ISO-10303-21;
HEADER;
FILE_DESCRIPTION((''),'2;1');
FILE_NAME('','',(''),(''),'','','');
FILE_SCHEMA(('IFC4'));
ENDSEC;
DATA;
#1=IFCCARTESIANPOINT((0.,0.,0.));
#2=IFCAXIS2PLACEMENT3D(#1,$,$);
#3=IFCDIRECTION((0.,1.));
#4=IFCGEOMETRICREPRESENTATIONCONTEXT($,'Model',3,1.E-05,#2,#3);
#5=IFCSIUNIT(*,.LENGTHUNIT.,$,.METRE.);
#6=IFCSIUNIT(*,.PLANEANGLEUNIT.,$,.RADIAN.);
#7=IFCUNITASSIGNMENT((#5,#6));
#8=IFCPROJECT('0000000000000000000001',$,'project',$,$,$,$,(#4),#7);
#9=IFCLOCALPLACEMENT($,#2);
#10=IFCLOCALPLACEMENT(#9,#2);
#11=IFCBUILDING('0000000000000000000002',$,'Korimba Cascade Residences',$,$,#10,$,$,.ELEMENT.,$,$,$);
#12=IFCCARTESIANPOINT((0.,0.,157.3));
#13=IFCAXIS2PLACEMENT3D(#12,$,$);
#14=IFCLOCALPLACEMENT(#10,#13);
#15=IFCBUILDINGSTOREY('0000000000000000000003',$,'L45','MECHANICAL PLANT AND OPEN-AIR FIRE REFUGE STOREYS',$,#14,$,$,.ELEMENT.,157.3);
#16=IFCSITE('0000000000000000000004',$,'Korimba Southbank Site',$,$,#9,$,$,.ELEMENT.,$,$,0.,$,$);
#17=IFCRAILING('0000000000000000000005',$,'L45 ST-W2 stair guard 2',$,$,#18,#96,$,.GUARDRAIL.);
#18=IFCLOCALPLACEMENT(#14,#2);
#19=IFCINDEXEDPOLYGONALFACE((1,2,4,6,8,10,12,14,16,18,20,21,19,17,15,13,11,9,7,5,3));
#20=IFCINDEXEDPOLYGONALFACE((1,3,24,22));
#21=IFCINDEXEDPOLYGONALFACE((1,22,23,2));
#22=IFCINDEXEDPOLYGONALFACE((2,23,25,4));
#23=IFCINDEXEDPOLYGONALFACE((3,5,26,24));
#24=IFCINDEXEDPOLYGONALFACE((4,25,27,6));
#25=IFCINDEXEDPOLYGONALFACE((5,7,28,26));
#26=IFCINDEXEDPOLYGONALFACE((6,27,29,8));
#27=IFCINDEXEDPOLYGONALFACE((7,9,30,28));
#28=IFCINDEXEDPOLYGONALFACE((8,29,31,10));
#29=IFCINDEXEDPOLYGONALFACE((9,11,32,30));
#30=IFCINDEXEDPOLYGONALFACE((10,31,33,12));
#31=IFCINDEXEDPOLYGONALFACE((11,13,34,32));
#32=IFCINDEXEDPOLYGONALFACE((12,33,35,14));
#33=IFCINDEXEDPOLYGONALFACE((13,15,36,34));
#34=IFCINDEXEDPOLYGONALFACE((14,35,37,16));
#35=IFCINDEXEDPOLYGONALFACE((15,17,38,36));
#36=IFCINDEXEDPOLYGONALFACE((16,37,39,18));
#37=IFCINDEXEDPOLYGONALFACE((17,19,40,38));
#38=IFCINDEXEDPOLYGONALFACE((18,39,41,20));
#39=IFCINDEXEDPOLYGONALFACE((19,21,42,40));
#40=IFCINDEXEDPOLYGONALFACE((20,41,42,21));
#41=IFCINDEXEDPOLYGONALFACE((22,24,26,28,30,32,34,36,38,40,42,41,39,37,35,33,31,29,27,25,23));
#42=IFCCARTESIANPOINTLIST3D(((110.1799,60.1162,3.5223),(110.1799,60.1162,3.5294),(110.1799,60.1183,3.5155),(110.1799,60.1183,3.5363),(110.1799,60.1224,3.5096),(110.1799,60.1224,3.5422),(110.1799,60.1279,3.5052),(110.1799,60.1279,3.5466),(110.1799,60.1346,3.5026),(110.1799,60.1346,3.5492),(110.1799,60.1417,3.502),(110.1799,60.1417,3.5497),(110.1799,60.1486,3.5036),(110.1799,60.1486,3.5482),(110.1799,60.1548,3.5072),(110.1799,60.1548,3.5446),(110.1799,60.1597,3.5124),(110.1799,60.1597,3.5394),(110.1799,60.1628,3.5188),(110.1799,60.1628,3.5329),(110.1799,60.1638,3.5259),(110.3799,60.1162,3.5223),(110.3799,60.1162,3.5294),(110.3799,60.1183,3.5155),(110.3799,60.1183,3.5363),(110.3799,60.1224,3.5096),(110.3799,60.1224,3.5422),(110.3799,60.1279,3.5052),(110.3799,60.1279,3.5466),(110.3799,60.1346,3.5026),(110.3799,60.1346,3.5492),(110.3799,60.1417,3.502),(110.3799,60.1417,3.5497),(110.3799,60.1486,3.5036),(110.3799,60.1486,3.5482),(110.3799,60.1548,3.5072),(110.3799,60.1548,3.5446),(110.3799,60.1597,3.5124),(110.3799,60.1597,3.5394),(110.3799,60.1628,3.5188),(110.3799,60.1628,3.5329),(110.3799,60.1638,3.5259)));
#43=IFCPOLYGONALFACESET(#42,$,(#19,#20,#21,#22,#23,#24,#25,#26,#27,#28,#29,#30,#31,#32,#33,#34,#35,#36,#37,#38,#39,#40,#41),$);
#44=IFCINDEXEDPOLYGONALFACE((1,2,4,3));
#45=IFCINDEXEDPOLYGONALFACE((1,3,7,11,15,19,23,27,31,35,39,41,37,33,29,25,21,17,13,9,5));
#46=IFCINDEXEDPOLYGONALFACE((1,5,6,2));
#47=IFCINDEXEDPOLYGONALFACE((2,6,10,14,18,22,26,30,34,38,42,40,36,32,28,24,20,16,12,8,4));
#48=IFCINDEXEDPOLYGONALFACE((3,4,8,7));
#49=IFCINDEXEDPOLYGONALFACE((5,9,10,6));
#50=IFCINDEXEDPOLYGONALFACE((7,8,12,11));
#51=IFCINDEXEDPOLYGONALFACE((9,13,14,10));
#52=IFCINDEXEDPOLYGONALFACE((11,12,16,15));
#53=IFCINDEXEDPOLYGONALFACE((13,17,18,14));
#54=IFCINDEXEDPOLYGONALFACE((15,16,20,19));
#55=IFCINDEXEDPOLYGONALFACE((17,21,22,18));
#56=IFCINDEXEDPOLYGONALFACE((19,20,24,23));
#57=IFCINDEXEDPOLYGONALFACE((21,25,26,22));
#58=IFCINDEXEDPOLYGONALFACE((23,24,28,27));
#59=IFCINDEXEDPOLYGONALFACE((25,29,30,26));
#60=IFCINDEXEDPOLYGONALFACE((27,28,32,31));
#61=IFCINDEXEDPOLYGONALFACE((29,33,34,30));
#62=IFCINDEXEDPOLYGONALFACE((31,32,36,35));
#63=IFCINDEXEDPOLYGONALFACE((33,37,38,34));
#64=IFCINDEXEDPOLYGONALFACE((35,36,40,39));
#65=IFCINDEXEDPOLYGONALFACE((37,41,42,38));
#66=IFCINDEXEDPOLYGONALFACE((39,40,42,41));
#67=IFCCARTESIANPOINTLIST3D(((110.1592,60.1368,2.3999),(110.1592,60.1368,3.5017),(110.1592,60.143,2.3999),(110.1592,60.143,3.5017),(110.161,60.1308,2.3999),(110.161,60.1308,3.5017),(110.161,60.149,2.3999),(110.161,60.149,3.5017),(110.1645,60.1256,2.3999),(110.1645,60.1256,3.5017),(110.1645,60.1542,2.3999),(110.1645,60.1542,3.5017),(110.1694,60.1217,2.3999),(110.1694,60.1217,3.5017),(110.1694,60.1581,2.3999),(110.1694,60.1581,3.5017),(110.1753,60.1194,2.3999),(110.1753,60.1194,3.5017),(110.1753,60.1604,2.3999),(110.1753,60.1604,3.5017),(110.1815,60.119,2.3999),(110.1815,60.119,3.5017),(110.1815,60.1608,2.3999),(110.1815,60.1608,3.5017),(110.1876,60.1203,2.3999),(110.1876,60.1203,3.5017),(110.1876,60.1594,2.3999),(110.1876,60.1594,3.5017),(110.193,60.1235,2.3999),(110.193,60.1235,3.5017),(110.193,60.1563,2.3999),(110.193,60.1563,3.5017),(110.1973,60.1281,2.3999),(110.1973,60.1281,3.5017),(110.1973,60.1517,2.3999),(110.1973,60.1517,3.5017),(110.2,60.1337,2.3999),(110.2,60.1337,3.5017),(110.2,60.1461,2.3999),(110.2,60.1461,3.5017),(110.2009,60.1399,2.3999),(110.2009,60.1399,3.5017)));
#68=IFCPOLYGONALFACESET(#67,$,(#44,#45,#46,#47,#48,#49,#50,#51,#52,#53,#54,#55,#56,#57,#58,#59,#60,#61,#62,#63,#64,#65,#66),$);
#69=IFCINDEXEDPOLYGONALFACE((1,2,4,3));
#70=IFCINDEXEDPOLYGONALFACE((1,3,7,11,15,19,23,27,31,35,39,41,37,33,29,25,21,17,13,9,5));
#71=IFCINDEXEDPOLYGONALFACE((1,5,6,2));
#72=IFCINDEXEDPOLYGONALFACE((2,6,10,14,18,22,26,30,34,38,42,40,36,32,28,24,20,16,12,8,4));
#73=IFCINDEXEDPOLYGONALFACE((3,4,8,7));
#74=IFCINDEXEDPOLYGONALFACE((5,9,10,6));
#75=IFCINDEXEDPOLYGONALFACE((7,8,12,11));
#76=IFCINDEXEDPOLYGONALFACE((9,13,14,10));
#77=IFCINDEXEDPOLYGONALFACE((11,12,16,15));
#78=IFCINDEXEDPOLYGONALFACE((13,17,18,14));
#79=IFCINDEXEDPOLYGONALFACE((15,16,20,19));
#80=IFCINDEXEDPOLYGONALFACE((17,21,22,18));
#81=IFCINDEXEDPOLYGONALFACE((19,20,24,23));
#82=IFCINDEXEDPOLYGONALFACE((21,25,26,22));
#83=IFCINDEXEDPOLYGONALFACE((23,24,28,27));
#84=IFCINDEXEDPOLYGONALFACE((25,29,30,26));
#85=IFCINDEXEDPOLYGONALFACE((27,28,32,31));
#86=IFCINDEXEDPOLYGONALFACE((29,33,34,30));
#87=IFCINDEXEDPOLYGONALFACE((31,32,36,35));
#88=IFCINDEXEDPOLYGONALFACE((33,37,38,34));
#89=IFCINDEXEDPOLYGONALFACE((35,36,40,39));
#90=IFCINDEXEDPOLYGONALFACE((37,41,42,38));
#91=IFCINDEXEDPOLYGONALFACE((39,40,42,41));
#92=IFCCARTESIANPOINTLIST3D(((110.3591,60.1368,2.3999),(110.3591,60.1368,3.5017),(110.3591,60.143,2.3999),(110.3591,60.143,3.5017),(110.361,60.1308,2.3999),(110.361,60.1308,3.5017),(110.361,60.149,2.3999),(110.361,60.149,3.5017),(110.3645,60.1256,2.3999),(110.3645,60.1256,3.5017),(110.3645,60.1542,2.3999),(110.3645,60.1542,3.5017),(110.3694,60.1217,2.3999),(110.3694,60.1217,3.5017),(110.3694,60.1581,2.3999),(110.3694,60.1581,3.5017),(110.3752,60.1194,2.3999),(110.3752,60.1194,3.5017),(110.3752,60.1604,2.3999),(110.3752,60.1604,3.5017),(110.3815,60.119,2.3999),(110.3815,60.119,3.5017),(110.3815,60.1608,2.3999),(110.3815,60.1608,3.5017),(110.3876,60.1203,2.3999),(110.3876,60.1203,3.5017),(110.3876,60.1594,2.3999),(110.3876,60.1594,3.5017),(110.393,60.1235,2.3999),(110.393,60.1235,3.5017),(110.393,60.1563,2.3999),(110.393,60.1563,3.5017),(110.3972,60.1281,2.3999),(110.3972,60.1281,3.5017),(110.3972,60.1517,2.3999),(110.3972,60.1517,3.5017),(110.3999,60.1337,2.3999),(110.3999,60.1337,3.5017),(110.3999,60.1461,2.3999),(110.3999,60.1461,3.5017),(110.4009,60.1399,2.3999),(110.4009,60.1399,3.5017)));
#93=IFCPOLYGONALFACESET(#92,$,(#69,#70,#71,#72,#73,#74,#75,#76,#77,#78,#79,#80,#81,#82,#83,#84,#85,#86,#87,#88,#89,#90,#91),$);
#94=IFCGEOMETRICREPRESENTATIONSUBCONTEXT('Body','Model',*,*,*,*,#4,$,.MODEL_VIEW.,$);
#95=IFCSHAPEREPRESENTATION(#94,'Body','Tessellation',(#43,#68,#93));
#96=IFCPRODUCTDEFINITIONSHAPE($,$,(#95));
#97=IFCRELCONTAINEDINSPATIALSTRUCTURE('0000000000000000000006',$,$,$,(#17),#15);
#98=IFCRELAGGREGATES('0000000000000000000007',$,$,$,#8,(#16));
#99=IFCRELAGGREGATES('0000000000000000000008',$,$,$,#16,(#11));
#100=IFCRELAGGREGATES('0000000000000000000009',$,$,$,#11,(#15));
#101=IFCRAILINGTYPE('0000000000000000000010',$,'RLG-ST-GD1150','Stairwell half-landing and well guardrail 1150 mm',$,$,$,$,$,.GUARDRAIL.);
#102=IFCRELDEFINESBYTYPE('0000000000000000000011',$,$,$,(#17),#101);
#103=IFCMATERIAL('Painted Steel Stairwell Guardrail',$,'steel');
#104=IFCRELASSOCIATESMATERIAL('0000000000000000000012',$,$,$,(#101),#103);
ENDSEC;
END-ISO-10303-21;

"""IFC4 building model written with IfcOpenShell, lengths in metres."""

from ifc_helpers import new_model, si_unit, direction, frame, origin, origin_2d, place, context, subcontext, project, spatial, circle, extrude, material, type_object, element, save


model = new_model("IFC4")

# Units and contexts
model_context = context("Model", 3, precision=1e-05, world=origin(), true_north=direction((0.0, 1.0)))
body_context = subcontext(model_context, "Body", "Model", "MODEL_VIEW")
ifc_project = project(units=[si_unit("LENGTHUNIT", "METRE"), si_unit("PLANEANGLEUNIT", "RADIAN")], contexts=[model_context])

# Site, building, storey
site_placement = place(None, origin())
site = spatial("IfcSite", under=ifc_project, at=site_placement, Name="Korimba Southbank Site", CompositionType="ELEMENT", RefElevation=0.0)
building_placement = place(site_placement, origin())
building = spatial("IfcBuilding", under=site, at=building_placement, Name="Korimba Cascade Residences", CompositionType="ELEMENT")
storey_placement = place(building_placement, frame((0.0, 0.0, 157.3)))
storey = spatial("IfcBuildingStorey", under=building, at=storey_placement, Name="L45", Description="MECHANICAL PLANT AND OPEN-AIR FIRE REFUGE STOREYS", CompositionType="ELEMENT", Elevation=157.3)

# Railing
ifc_material_1 = material(Name="Painted Steel Stairwell Guardrail", Category="steel")
railing_type_1 = type_object("IfcRailingType", Name="RLG-ST-GD1150", Description="Stairwell half-landing and well guardrail 1150 mm", PredefinedType="GUARDRAIL", material=ifc_material_1)
railing_1_placement = place(storey_placement, frame((110.1799, 60.1399, 2.3999)))
element("IfcRailing", 1, at=railing_1_placement, inside=storey, type_object=railing_type_1, Name="L45 ST-W2 stair guard 2", PredefinedType="GUARDRAIL", context=body_context, shape_type="SweptSolid", body=[
    extrude(circle(Radius=0.0239, at=origin_2d()), frame((0.0, 0.0, 1.126), z_axis=(1.0, 0.0, 0.0), x_axis=(0.0, 1.0, 0.0)), (0.0, 0.0, 1.0), 0.2),
    extrude(circle(Radius=0.021, at=origin_2d()), origin(), (0.0, 0.0, 1.0), 1.1018),
    extrude(circle(Radius=0.021, at=origin_2d()), frame((0.2, 0.0, 0.0)), (0.0, 0.0, 1.0), 1.1018),
])

save(model, "model.ifc")
